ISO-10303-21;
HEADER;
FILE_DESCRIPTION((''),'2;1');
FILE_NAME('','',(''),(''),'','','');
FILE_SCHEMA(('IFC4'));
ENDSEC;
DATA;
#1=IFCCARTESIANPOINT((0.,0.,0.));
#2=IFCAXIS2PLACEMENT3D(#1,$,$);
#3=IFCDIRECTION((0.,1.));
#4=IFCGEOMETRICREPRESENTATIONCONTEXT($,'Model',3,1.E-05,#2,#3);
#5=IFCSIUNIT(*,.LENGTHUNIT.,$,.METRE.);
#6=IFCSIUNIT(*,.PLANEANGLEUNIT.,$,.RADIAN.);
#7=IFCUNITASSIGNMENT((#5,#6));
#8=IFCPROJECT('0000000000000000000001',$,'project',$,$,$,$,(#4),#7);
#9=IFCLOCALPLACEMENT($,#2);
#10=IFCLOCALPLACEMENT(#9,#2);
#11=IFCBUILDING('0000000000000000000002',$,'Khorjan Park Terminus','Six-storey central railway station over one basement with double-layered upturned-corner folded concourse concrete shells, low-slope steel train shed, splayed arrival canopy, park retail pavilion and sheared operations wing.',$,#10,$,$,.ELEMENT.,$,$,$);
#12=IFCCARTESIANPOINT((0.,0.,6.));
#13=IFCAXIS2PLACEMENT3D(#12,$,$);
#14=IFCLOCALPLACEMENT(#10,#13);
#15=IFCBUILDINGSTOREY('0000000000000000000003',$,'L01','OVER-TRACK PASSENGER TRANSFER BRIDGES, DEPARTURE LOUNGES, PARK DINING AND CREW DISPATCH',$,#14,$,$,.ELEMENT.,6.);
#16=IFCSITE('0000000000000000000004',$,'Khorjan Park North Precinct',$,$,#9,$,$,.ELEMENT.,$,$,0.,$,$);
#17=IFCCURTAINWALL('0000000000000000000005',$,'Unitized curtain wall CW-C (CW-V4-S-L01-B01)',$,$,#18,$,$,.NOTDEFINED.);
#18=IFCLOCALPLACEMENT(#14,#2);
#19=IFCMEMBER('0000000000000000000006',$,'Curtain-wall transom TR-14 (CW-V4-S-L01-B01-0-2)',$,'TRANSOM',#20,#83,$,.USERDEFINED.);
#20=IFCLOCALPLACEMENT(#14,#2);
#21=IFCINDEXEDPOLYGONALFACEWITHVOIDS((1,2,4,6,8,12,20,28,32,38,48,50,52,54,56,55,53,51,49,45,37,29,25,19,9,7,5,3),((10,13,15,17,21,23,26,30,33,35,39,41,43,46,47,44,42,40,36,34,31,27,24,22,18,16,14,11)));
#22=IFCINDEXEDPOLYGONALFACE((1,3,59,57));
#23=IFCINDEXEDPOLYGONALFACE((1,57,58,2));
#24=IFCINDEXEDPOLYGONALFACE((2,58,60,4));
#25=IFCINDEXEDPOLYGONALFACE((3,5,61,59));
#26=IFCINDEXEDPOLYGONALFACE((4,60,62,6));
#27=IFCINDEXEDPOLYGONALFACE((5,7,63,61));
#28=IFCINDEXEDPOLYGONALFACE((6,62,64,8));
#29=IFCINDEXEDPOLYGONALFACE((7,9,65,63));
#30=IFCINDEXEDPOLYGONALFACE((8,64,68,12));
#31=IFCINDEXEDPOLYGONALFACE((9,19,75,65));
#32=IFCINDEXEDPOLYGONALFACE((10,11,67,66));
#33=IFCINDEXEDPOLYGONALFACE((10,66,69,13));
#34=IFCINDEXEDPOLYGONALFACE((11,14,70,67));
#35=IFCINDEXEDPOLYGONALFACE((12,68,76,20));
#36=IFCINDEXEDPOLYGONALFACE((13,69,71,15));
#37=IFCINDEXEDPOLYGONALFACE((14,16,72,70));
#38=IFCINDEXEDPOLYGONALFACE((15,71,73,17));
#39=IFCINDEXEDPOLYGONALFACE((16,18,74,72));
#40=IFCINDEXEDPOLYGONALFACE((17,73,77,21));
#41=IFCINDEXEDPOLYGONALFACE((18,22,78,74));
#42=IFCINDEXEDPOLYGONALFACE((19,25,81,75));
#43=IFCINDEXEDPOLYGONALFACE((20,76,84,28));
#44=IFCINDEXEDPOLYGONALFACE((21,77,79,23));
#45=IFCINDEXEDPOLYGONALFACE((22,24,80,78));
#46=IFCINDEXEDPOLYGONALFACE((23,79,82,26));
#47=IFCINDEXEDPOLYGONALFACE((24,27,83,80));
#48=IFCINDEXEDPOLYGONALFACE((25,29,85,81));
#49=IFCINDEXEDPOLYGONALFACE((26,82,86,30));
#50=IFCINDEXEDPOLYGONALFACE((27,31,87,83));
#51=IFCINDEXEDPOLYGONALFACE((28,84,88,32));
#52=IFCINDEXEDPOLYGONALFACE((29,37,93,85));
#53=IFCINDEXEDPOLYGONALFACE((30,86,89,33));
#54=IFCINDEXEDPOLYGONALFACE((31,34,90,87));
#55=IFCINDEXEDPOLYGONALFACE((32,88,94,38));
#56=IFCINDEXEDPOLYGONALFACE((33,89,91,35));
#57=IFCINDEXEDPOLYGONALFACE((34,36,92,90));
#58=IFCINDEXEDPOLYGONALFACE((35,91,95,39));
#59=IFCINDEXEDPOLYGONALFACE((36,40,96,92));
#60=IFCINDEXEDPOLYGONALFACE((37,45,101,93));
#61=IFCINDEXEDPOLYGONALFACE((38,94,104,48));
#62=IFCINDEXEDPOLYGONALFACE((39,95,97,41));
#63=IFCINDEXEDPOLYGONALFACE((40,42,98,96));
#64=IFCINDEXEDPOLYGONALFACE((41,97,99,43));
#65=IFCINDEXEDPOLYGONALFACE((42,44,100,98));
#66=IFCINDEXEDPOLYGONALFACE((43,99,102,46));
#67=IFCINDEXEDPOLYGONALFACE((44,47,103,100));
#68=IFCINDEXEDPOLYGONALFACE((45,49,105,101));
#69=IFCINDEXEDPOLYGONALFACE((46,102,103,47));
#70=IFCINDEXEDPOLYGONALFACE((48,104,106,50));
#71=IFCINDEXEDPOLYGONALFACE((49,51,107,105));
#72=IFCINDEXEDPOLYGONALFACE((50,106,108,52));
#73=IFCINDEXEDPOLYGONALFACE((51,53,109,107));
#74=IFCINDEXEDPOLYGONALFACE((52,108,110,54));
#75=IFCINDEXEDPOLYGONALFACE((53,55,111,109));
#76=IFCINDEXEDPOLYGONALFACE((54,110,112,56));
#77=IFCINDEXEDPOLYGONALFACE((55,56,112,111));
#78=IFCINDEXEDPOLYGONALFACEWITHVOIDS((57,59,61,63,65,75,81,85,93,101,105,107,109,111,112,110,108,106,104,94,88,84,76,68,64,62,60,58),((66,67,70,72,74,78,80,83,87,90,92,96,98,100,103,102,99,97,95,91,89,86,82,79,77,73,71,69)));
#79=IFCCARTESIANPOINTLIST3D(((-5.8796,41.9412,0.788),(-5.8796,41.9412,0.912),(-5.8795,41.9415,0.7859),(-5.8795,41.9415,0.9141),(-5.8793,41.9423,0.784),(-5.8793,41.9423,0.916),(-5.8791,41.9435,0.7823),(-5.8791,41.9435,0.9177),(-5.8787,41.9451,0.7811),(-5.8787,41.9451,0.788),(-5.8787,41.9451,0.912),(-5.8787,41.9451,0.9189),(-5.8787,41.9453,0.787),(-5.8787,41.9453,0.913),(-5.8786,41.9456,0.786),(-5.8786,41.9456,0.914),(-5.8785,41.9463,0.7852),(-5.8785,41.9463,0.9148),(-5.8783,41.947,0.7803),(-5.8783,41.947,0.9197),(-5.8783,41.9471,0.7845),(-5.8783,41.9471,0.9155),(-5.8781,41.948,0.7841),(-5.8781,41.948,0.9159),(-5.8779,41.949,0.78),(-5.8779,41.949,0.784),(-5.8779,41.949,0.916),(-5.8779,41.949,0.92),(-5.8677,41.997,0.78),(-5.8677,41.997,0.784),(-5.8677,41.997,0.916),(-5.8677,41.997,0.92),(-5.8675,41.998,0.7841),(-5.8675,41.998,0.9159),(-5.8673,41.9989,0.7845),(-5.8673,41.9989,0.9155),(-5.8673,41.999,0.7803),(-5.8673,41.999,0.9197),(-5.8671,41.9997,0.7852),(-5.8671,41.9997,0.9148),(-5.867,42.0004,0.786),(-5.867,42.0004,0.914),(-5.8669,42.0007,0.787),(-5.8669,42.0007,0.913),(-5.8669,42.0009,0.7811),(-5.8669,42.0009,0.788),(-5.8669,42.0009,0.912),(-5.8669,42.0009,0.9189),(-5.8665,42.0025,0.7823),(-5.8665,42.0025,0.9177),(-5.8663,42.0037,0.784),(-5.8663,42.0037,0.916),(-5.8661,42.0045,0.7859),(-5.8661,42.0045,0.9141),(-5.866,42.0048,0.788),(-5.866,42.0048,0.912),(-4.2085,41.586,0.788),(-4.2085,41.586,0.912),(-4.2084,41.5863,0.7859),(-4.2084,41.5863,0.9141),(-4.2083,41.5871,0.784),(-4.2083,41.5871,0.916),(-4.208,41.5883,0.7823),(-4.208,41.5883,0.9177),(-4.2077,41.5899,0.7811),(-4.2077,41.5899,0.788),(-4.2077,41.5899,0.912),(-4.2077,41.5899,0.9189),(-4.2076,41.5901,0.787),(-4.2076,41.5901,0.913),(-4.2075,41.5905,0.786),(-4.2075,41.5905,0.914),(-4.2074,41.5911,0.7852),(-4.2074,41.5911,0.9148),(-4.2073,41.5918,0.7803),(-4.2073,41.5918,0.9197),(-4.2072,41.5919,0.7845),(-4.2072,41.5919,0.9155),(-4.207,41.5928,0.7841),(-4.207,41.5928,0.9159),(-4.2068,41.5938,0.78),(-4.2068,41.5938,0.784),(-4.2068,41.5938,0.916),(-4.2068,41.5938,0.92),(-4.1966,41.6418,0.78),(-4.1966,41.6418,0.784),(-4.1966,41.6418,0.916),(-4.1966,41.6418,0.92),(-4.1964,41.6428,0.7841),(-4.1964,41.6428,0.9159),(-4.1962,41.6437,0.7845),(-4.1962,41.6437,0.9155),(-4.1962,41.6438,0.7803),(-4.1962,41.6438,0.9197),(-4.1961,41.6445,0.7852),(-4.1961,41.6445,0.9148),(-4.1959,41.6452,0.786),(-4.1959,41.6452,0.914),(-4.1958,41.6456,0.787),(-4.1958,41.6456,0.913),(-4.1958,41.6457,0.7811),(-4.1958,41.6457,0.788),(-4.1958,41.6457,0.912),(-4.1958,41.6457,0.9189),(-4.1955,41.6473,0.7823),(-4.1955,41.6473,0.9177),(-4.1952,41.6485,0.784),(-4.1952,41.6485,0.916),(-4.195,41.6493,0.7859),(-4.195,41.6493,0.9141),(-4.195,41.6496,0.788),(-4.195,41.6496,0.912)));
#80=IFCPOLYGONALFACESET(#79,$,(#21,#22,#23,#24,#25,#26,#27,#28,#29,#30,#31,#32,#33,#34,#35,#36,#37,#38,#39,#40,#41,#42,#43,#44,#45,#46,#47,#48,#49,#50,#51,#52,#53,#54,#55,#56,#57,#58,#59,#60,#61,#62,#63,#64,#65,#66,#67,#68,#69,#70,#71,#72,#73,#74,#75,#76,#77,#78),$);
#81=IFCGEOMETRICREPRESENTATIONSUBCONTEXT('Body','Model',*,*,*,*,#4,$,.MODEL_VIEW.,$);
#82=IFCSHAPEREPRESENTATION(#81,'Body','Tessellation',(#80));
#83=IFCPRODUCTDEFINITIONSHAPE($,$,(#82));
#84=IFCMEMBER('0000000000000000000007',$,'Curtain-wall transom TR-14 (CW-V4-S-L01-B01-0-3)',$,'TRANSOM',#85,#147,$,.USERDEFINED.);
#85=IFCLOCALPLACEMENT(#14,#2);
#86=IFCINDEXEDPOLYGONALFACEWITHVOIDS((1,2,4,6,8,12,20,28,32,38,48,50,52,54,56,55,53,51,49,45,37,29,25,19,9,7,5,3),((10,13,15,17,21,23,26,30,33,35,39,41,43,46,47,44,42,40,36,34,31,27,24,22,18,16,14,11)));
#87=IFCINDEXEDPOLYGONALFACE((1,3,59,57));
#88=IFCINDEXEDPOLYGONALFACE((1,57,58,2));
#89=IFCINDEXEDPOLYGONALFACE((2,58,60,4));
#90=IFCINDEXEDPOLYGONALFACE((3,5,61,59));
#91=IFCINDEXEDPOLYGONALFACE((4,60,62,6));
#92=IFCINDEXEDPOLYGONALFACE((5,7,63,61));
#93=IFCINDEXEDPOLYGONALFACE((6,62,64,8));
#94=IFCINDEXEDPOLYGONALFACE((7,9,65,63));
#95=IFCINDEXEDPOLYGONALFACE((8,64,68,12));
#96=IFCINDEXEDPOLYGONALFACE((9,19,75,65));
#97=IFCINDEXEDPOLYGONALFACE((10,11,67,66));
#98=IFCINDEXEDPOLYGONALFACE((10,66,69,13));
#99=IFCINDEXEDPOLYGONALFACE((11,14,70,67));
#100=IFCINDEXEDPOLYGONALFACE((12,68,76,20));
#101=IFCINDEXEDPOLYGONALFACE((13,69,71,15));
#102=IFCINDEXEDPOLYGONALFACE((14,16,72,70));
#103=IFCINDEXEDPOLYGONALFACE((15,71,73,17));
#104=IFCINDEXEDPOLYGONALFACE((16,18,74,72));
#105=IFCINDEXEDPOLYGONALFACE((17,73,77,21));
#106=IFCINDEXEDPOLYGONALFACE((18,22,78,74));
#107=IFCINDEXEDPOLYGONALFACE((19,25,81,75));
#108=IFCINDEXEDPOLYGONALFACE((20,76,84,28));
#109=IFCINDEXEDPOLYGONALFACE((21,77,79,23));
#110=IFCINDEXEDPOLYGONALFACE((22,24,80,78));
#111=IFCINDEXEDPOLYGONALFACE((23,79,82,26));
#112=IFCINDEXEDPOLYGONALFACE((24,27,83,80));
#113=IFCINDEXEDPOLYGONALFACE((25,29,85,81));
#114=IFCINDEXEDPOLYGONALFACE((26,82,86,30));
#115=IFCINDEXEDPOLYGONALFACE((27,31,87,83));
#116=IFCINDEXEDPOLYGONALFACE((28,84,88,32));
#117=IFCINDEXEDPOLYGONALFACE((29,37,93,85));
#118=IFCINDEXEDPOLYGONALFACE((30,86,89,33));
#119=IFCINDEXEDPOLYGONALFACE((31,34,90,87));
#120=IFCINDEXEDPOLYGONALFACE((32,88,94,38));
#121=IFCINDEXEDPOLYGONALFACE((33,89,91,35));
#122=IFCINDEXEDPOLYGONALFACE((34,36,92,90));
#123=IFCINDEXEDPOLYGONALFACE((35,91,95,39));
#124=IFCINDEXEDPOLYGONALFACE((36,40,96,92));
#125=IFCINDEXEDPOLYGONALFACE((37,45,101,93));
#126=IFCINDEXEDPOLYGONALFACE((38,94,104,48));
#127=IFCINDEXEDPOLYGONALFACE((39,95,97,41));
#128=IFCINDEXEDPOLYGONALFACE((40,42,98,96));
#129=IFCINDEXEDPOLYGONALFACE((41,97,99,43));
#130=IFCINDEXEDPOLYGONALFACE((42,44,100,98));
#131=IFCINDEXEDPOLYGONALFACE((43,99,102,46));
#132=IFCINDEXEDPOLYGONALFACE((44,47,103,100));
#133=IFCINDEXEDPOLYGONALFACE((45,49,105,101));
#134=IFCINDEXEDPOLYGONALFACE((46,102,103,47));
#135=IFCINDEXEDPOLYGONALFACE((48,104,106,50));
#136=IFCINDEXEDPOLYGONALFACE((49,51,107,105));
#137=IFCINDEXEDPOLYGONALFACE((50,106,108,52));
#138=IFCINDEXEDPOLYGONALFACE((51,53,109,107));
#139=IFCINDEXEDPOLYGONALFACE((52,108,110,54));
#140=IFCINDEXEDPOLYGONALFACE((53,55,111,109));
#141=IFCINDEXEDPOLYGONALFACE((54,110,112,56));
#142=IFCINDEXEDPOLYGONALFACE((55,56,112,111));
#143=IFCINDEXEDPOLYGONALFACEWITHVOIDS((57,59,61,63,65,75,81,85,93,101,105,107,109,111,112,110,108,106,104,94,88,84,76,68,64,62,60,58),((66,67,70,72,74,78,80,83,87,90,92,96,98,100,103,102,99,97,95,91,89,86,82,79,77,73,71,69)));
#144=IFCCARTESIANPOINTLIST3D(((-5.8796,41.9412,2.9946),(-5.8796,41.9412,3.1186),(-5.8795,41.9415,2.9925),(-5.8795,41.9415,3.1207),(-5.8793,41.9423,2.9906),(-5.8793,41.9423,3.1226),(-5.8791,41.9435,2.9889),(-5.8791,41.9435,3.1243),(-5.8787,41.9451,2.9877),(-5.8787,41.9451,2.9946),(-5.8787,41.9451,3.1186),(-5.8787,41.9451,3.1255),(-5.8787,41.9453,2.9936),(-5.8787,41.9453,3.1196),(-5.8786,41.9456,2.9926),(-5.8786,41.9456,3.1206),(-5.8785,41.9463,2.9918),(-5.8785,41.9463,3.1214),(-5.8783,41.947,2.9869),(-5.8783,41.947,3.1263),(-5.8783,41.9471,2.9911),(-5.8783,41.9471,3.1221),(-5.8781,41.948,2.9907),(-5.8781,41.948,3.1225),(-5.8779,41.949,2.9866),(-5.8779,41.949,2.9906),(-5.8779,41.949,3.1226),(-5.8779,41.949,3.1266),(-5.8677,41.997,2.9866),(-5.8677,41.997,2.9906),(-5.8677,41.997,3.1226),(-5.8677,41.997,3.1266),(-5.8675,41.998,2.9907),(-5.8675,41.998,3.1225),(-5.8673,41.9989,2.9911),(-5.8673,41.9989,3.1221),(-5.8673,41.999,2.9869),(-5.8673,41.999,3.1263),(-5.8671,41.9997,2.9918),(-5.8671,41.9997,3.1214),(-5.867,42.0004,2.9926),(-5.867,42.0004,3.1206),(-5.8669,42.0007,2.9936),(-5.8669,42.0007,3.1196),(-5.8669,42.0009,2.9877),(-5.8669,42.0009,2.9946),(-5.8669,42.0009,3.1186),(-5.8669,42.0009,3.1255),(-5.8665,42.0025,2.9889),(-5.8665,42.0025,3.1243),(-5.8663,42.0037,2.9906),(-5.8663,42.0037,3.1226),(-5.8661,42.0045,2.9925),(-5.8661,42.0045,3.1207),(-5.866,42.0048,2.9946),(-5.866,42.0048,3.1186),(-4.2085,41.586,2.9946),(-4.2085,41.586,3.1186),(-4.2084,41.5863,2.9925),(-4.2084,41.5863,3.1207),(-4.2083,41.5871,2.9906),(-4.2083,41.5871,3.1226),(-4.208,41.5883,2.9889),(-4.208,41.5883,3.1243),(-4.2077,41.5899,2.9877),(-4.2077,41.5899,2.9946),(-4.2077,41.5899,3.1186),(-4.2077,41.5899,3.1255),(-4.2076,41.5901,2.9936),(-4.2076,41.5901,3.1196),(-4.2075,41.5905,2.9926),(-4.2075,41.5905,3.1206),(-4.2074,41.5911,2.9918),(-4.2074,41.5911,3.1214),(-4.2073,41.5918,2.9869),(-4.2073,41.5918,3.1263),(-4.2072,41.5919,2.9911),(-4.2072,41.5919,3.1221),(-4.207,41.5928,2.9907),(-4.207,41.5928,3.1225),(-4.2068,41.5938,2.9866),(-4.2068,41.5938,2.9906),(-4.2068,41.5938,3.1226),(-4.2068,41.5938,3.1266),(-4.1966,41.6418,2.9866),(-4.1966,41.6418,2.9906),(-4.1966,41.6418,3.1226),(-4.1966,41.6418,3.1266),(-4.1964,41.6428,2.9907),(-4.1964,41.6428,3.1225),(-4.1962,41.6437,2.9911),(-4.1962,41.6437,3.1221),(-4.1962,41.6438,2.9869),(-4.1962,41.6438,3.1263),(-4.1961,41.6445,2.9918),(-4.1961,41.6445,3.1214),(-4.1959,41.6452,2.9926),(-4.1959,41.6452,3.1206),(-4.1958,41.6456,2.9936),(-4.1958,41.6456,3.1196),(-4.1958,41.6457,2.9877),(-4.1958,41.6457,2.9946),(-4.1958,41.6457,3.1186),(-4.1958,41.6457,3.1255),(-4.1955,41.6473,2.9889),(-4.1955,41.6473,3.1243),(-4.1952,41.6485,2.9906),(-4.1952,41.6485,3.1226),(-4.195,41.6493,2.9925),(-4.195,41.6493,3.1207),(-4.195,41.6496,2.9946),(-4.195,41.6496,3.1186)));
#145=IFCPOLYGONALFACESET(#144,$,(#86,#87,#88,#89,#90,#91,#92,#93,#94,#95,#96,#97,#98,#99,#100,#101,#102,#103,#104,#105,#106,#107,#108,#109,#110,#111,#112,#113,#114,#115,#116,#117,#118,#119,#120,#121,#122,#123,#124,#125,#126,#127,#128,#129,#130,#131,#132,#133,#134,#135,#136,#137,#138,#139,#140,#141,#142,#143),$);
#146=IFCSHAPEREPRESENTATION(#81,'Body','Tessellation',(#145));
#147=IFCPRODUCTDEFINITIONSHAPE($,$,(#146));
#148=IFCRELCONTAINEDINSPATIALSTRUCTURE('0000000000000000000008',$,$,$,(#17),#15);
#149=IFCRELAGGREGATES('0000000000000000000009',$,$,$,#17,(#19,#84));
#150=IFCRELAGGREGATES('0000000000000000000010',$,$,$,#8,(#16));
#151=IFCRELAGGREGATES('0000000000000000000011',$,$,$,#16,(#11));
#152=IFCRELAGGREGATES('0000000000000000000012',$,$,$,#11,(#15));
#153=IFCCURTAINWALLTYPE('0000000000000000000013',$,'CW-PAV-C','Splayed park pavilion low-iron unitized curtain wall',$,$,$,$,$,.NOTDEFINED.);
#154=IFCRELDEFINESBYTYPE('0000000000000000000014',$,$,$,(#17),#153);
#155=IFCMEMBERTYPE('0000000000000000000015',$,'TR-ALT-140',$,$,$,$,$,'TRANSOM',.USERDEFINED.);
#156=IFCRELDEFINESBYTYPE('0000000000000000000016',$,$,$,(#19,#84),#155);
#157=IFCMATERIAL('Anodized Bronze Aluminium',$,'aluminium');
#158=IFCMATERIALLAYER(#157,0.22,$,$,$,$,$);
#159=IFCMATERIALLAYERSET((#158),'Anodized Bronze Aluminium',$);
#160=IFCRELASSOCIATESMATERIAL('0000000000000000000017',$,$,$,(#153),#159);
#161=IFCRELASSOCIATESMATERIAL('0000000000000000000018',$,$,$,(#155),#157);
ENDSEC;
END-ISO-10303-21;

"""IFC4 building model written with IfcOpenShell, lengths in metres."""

from ifc_helpers import new_model, si_unit, direction, frame, origin, origin_2d, place, context, subcontext, project, spatial, hollow_rectangle, extrude, material, layer, layer_set, material_profile, profile_set, type_object, element, aggregate, save


model = new_model("IFC4")

# Units and contexts
model_context = context("Model", 3, precision=1e-05, world=origin(), true_north=direction((0.0, 1.0)))
body_context = subcontext(model_context, "Body", "Model", "MODEL_VIEW")
ifc_project = project(units=[si_unit("LENGTHUNIT", "METRE"), si_unit("PLANEANGLEUNIT", "RADIAN")], contexts=[model_context])

# Site, building, storey
site_placement = place(None, origin())
site = spatial("IfcSite", under=ifc_project, at=site_placement, Name="Khorjan Park North Precinct", CompositionType="ELEMENT", RefElevation=0.0)
building_placement = place(site_placement, origin())
building = spatial("IfcBuilding", under=site, at=building_placement, Name="Khorjan Park Terminus", Description="Six-storey central railway station over one basement with double-layered upturned-corner folded concourse concrete shells, low-slope steel train shed, splayed arrival canopy, park retail pavilion and sheared operations wing.", CompositionType="ELEMENT")
storey_placement = place(building_placement, frame((0.0, 0.0, 6.0)))
storey = spatial("IfcBuildingStorey", under=building, at=storey_placement, Name="L01", Description="OVER-TRACK PASSENGER TRANSFER BRIDGES, DEPARTURE LOUNGES, PARK DINING AND CREW DISPATCH", CompositionType="ELEMENT", Elevation=6.0)

# Curtain wall
ifc_material_1 = material(Name="Anodized Bronze Aluminium", Category="aluminium")
ifc_layer_1 = layer(ifc_material_1, 0.22)
ifc_layer_set_1 = layer_set([ifc_layer_1], Name="Anodized Bronze Aluminium")
curtain_wall_type = type_object("IfcCurtainWallType", Name="CW-PAV-C", Description="Splayed park pavilion low-iron unitized curtain wall", PredefinedType="NOTDEFINED", material=ifc_layer_set_1)
curtain_wall_1_placement = place(storey_placement, origin())
curtain_wall_1 = element("IfcCurtainWall", 1, at=curtain_wall_1_placement, inside=storey, type_object=curtain_wall_type, Name="Unitized curtain wall CW-C (CW-V4-S-L01-B01)", PredefinedType="NOTDEFINED")

# Members
ifc_material_profile_1 = material_profile(ifc_material_1, hollow_rectangle(XDim=0.065, YDim=0.14, WallThickness=0.004, InnerFilletRadius=0.004, OuterFilletRadius=0.008, at=origin_2d()), Name="ALT 65x140x4")
ifc_profile_set_1 = profile_set([ifc_material_profile_1], Name="Anodized Bronze Aluminium")
member_type_1 = type_object("IfcMemberType", Name="TR-ALT-140", ElementType="TRANSOM", PredefinedType="USERDEFINED", material=ifc_profile_set_1)
member_1_placement = place(storey_placement, frame((-5.8728, 41.973, 0.85), z_axis=(0.978148, -0.20791, 0.0), x_axis=(0.20791, 0.978148, 0.0)))
member_1 = element("IfcMember", 2, at=member_1_placement, type_object=member_type_1, Name="Curtain-wall transom TR-14 (CW-V4-S-L01-B01-0-2)", ObjectType="TRANSOM", PredefinedType="USERDEFINED", context=body_context, shape_type="SweptSolid", body=[
    extrude(hollow_rectangle(XDim=0.065, YDim=0.14, WallThickness=0.004, InnerFilletRadius=0.004, OuterFilletRadius=0.008, at=origin_2d()), origin(), (0.0, 0.0, 1.0), 1.7084),
])
member_2_placement = place(storey_placement, frame((-5.8728, 41.973, 3.0566), z_axis=(0.978148, -0.20791, 0.0), x_axis=(0.20791, 0.978148, 0.0)))
member_2 = element("IfcMember", 3, at=member_2_placement, type_object=member_type_1, Name="Curtain-wall transom TR-14 (CW-V4-S-L01-B01-0-3)", ObjectType="TRANSOM", PredefinedType="USERDEFINED", context=body_context, shape_type="SweptSolid", body=[
    extrude(hollow_rectangle(XDim=0.065, YDim=0.14, WallThickness=0.004, InnerFilletRadius=0.004, OuterFilletRadius=0.008, at=origin_2d()), origin(), (0.0, 0.0, 1.0), 1.7084),
])

aggregate(curtain_wall_1, [member_1, member_2])

save(model, "model.ifc")
